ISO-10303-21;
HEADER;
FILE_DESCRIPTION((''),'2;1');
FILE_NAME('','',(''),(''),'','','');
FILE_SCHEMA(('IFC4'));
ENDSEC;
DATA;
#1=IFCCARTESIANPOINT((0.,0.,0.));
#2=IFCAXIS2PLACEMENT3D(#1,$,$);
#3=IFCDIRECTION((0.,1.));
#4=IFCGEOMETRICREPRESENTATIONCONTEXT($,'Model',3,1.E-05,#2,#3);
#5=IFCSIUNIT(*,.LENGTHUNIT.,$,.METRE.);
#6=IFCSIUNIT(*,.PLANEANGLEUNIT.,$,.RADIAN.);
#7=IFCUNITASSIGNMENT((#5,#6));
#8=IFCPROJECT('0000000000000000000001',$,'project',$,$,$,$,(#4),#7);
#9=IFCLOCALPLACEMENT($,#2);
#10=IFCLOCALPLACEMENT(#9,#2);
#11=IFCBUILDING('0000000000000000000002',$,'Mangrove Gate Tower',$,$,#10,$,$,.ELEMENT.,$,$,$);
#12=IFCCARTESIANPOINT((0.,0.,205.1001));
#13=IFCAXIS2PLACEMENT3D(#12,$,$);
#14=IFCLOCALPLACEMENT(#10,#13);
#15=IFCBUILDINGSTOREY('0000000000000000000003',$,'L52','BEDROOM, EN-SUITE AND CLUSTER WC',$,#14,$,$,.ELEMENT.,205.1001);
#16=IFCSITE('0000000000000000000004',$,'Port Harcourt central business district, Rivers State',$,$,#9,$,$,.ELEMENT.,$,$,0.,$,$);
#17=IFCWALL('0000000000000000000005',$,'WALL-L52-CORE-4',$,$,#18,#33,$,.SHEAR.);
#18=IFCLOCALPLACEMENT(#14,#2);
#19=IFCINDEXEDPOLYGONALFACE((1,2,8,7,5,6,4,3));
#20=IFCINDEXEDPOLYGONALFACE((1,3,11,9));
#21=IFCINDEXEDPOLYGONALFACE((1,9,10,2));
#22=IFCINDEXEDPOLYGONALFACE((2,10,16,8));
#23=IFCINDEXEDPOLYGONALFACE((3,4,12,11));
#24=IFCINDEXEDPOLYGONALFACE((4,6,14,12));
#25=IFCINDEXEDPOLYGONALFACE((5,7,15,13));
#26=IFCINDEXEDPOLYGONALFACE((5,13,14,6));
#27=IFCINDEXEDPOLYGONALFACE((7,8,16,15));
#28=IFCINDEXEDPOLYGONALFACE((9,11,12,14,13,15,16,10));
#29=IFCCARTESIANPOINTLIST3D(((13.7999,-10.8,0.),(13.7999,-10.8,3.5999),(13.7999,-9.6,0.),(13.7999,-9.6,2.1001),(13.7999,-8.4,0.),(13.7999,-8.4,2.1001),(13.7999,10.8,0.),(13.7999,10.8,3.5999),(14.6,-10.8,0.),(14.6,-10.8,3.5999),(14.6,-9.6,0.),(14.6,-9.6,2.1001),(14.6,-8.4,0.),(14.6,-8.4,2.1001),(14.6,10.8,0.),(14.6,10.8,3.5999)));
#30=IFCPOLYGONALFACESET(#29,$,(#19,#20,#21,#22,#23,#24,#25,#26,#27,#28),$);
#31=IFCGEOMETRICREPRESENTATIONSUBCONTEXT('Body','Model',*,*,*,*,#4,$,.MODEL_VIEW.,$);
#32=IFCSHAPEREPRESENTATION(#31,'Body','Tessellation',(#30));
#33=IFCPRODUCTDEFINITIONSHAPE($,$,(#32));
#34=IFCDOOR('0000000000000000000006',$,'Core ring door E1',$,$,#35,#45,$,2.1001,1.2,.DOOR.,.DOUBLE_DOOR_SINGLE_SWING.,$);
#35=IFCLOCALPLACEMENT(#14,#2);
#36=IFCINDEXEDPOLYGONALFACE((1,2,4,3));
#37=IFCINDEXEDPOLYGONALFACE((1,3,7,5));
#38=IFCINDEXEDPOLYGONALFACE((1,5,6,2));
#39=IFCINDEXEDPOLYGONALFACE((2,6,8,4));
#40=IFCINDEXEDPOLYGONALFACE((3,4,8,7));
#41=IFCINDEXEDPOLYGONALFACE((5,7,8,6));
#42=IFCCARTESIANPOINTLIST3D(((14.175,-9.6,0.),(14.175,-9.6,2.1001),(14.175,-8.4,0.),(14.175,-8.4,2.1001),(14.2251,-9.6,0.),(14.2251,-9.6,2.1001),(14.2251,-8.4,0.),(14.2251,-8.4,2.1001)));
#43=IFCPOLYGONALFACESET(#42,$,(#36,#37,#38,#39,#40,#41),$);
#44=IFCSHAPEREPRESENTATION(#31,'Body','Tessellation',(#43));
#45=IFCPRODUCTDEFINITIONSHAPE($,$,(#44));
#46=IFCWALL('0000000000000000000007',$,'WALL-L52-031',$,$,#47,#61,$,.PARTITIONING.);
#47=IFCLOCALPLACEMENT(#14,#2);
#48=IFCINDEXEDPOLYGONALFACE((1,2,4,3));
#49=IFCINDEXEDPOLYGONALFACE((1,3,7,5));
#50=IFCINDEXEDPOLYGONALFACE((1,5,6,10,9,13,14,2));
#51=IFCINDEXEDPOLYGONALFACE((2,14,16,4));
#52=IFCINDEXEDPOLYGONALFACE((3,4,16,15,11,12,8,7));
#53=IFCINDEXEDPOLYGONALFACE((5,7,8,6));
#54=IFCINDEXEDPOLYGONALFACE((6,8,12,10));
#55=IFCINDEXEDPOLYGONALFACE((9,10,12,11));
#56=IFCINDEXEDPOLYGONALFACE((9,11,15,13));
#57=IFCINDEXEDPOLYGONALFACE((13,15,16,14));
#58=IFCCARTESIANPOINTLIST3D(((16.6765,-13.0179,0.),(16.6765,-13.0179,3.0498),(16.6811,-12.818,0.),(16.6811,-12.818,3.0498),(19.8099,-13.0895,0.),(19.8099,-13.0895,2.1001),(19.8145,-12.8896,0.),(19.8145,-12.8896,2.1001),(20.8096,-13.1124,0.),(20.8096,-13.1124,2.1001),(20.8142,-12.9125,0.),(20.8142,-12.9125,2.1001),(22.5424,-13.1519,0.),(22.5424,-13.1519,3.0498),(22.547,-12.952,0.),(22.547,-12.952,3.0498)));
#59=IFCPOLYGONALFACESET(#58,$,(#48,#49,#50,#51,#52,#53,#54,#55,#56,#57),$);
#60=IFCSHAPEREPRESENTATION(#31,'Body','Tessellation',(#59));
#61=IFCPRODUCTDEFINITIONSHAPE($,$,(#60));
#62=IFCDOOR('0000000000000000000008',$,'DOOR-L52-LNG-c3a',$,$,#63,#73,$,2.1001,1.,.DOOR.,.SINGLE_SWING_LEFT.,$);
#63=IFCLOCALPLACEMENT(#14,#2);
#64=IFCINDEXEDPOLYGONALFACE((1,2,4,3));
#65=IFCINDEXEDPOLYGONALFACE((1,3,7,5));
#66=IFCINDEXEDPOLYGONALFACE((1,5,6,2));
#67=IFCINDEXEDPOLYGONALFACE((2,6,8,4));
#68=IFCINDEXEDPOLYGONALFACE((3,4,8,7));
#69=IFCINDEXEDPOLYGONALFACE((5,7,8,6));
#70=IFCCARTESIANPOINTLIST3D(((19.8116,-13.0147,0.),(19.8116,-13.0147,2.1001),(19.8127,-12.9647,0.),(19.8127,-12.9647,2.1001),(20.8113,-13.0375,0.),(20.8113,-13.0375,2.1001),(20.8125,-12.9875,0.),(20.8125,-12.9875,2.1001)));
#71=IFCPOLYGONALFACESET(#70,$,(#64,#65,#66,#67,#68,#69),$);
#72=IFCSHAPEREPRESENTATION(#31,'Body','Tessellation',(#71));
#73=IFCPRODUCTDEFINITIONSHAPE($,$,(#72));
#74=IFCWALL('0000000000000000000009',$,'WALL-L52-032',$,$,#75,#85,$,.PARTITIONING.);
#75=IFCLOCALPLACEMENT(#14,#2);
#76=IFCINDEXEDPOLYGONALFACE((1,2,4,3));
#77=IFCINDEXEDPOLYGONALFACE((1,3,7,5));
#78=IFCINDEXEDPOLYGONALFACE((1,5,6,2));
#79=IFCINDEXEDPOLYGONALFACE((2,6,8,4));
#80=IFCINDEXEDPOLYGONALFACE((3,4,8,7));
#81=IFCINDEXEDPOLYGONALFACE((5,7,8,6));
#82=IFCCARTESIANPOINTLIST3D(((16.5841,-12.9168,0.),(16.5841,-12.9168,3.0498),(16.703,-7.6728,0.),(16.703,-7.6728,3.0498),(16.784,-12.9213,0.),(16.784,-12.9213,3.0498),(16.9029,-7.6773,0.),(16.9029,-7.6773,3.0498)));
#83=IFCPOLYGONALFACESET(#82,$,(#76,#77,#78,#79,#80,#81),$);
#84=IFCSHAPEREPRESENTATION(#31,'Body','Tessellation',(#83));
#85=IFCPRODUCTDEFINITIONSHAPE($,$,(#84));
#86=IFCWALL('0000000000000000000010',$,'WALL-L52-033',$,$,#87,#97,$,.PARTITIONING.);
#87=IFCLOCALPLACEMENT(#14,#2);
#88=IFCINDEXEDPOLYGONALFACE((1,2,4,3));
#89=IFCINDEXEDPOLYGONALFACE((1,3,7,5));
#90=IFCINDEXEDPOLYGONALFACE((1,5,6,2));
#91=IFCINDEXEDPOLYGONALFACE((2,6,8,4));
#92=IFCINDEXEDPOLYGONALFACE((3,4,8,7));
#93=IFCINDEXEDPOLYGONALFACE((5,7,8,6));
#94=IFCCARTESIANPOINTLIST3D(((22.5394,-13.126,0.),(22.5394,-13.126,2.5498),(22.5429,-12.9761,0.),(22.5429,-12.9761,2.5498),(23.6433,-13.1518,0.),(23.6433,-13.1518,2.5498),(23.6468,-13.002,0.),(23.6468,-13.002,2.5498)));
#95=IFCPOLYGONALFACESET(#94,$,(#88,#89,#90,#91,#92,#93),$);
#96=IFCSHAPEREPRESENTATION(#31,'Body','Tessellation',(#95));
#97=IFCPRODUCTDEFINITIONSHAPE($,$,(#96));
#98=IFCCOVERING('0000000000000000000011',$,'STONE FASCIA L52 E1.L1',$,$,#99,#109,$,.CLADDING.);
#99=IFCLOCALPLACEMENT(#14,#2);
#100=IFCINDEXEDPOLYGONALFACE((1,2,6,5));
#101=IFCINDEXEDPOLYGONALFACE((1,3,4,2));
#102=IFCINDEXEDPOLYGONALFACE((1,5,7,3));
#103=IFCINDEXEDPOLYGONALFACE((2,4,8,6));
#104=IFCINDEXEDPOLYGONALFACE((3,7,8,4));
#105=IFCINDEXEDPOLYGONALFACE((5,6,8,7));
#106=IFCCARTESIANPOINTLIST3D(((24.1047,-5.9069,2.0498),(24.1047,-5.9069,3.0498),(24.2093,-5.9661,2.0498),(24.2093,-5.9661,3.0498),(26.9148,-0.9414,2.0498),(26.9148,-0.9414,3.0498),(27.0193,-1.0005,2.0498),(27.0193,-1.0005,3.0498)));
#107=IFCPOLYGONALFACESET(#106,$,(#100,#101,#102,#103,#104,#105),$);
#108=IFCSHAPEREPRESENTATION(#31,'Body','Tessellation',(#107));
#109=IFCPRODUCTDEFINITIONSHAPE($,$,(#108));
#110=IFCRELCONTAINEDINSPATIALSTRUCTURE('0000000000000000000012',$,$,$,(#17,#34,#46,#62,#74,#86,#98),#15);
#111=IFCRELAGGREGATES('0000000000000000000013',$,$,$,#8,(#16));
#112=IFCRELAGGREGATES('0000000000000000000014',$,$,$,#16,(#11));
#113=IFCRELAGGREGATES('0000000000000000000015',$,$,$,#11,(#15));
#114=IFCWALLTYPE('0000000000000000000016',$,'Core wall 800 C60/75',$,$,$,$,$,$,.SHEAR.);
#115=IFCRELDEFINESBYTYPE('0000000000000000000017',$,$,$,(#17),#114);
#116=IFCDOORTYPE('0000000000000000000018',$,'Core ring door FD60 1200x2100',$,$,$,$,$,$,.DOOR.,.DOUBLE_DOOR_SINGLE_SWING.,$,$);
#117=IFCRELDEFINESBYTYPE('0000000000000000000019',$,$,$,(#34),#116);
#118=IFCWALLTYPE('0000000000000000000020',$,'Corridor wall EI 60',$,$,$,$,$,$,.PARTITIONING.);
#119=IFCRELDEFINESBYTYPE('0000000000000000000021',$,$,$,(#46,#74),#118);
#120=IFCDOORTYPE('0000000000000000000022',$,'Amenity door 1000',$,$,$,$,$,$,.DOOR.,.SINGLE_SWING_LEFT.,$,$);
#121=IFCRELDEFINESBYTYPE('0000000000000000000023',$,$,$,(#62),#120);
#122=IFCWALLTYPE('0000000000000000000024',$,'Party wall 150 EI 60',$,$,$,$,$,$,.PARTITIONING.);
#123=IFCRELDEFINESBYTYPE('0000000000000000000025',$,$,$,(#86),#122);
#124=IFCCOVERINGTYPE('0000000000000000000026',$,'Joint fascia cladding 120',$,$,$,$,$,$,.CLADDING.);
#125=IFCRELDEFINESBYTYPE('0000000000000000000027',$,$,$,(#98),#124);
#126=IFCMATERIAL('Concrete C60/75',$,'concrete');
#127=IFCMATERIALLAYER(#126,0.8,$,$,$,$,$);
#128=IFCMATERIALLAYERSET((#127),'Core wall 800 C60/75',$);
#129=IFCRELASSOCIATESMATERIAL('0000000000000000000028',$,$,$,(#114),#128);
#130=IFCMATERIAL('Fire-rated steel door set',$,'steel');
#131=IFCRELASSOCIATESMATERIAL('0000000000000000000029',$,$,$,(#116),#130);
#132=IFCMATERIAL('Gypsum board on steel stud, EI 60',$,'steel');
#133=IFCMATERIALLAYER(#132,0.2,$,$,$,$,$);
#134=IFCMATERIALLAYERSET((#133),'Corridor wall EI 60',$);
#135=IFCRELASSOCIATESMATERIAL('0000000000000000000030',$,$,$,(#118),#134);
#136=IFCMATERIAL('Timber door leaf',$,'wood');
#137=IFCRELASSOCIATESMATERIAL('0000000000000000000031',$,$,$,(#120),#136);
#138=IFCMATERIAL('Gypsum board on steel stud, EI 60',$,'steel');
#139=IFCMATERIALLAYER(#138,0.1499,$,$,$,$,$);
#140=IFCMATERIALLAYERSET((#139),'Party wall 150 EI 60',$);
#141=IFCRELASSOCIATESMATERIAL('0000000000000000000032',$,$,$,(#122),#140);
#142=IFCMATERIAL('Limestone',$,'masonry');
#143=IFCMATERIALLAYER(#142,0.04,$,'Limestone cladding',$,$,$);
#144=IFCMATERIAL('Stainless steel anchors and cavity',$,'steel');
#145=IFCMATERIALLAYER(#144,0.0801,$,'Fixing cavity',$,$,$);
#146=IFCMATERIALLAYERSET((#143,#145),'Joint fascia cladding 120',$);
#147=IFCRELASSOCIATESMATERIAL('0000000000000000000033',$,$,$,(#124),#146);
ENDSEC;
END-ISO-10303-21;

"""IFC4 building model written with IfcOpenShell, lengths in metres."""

from ifc_helpers import new_model, si_unit, direction, frame, frame_2d, origin, place, context, subcontext, project, spatial, rectangle, extrude, material, layer, layer_set, type_object, element, fill, save


model = new_model("IFC4")

# Units and contexts
model_context = context("Model", 3, precision=1e-05, world=origin(), true_north=direction((0.0, 1.0)))
body_context = subcontext(model_context, "Body", "Model", "MODEL_VIEW")
ifc_project = project(units=[si_unit("LENGTHUNIT", "METRE"), si_unit("PLANEANGLEUNIT", "RADIAN")], contexts=[model_context])

# Site, building, storey
site_placement = place(None, origin())
site = spatial("IfcSite", under=ifc_project, at=site_placement, Name="Port Harcourt central business district, Rivers State", CompositionType="ELEMENT", RefElevation=0.0)
building_placement = place(site_placement, origin())
building = spatial("IfcBuilding", under=site, at=building_placement, Name="Mangrove Gate Tower", CompositionType="ELEMENT")
storey_placement = place(building_placement, frame((0.0, 0.0, 205.1001)))
storey = spatial("IfcBuildingStorey", under=building, at=storey_placement, Name="L52", Description="BEDROOM, EN-SUITE AND CLUSTER WC", CompositionType="ELEMENT", Elevation=205.1001)

# Walls, openings, doors
ifc_material_1 = material(Name="Concrete C60/75", Category="concrete")
ifc_layer_1 = layer(ifc_material_1, 0.8)
ifc_layer_set_1 = layer_set([ifc_layer_1], Name="Core wall 800 C60/75")
wall_type_1 = type_object("IfcWallType", Name="Core wall 800 C60/75", PredefinedType="SHEAR", material=ifc_layer_set_1)
wall_1_placement = place(storey_placement, frame((14.2, -10.8, 0.0), z_axis=(0.0, 0.0, 1.0), x_axis=(0.0, 1.0, 0.0)))
wall_1 = element("IfcWall", 1, at=wall_1_placement, inside=storey, type_object=wall_type_1, Name="WALL-L52-CORE-4", PredefinedType="SHEAR", context=body_context, shape_type="SweptSolid", body=[
    extrude(rectangle(XDim=21.6001, YDim=0.8, at=frame_2d((10.8, 0.0))), origin(), (0.0, 0.0, 1.0), 3.5999),
])
opening_1_placement = place(wall_1_placement, frame((1.2, 0.0, 0.0)))
opening_1 = element("IfcOpeningElement", 2, at=opening_1_placement, cuts=wall_1, PredefinedType="OPENING", context=body_context, shape_type="SweptSolid", body=[
    extrude(rectangle(XDim=1.2, YDim=2.1001, at=frame_2d((0.6001, 1.05))), frame((0.0, 0.4099, 0.0), z_axis=(0.0, -1.0, 0.0), x_axis=(1.0, 0.0, 0.0)), (0.0, 0.0, 1.0), 0.8201),
])
ifc_material_2 = material(Name="Fire-rated steel door set", Category="steel")
door_type_1 = type_object("IfcDoorType", Name="Core ring door FD60 1200x2100", OperationType="DOUBLE_DOOR_SINGLE_SWING", PredefinedType="DOOR", material=ifc_material_2)
door_1_placement = place(opening_1_placement, origin())
door_1 = element("IfcDoor", 3, at=door_1_placement, inside=storey, type_object=door_type_1, Name="Core ring door E1", OperationType="DOUBLE_DOOR_SINGLE_SWING", OverallHeight=2.1001, OverallWidth=1.2, PredefinedType="DOOR", context=body_context, shape_type="SweptSolid", body=[
    extrude(rectangle(XDim=1.2, YDim=2.1001, at=frame_2d((0.6001, 1.05))), frame((0.0, 0.0249, 0.0), z_axis=(0.0, -1.0, 0.0), x_axis=(1.0, 0.0, 0.0)), (0.0, 0.0, 1.0), 0.05),
])
fill(opening_1, door_1)
ifc_material_3 = material(Name="Gypsum board on steel stud, EI 60", Category="steel")
ifc_layer_2 = layer(ifc_material_3, 0.2)
ifc_layer_set_2 = layer_set([ifc_layer_2], Name="Corridor wall EI 60")
wall_type_2 = type_object("IfcWallType", Name="Corridor wall EI 60", PredefinedType="PARTITIONING", material=ifc_layer_set_2)
wall_2_placement = place(storey_placement, frame((16.679, -12.918, 0.0), z_axis=(0.0, 0.0, 1.0), x_axis=(0.999739, -0.022843, 0.0)))
wall_2 = element("IfcWall", 4, at=wall_2_placement, inside=storey, type_object=wall_type_2, Name="WALL-L52-031", PredefinedType="PARTITIONING", context=body_context, shape_type="SweptSolid", body=[
    extrude(rectangle(XDim=5.8674, YDim=0.2, at=frame_2d((2.9336, 0.0))), origin(), (0.0, 0.0, 1.0), 3.0498),
])
opening_2_placement = place(wall_2_placement, frame((3.134, 0.0, 0.0)))
opening_2 = element("IfcOpeningElement", 5, at=opening_2_placement, cuts=wall_2, PredefinedType="OPENING", context=body_context, shape_type="SweptSolid", body=[
    extrude(rectangle(XDim=1.0, YDim=2.1001, at=frame_2d((0.5, 1.05))), frame((0.0, 0.1099, 0.0), z_axis=(0.0, -1.0, 0.0), x_axis=(1.0, 0.0, 0.0)), (0.0, 0.0, 1.0), 0.22),
])
ifc_material_4 = material(Name="Timber door leaf", Category="wood")
door_type_2 = type_object("IfcDoorType", Name="Amenity door 1000", OperationType="SINGLE_SWING_LEFT", PredefinedType="DOOR", material=ifc_material_4)
door_2_placement = place(opening_2_placement, origin())
door_2 = element("IfcDoor", 6, at=door_2_placement, inside=storey, type_object=door_type_2, Name="DOOR-L52-LNG-c3a", OperationType="SINGLE_SWING_LEFT", OverallHeight=2.1001, OverallWidth=1.0, PredefinedType="DOOR", context=body_context, shape_type="SweptSolid", body=[
    extrude(rectangle(XDim=1.0, YDim=2.1001, at=frame_2d((0.5, 1.05))), frame((0.0, 0.0249, 0.0), z_axis=(0.0, -1.0, 0.0), x_axis=(1.0, 0.0, 0.0)), (0.0, 0.0, 1.0), 0.05),
])
fill(opening_2, door_2)

# Walls
wall_3_placement = place(storey_placement, frame((16.6841, -12.9189, 0.0), z_axis=(0.0, 0.0, 1.0), x_axis=(0.022667, 0.999743, 0.0)))
element("IfcWall", 7, at=wall_3_placement, inside=storey, type_object=wall_type_2, Name="WALL-L52-032", PredefinedType="PARTITIONING", context=body_context, shape_type="SweptSolid", body=[
    extrude(rectangle(XDim=5.2454, YDim=0.2, at=frame_2d((2.6226, 0.0))), origin(), (0.0, 0.0, 1.0), 3.0498),
])
ifc_material_5 = material(Name="Gypsum board on steel stud, EI 60", Category="steel")
ifc_layer_3 = layer(ifc_material_5, 0.1499)
ifc_layer_set_3 = layer_set([ifc_layer_3], Name="Party wall 150 EI 60")
wall_type_3 = type_object("IfcWallType", Name="Party wall 150 EI 60", PredefinedType="PARTITIONING", material=ifc_layer_set_3)
wall_4_placement = place(storey_placement, frame((22.541, -13.051, 0.0), z_axis=(0.0, 0.0, 1.0), x_axis=(0.999725, -0.023435, 0.0)))
element("IfcWall", 8, at=wall_4_placement, inside=storey, type_object=wall_type_3, Name="WALL-L52-033", PredefinedType="PARTITIONING", context=body_context, shape_type="SweptSolid", body=[
    extrude(rectangle(XDim=1.1042, YDim=0.1499, at=frame_2d((0.5522, 0.0))), origin(), (0.0, 0.0, 1.0), 2.5498),
])

# Covering
ifc_material_6 = material(Name="Limestone", Category="masonry")
ifc_layer_4 = layer(ifc_material_6, 0.04, Name="Limestone cladding")
ifc_material_7 = material(Name="Stainless steel anchors and cavity", Category="steel")
ifc_layer_5 = layer(ifc_material_7, 0.0801, Name="Fixing cavity")
ifc_layer_set_4 = layer_set([ifc_layer_4, ifc_layer_5], Name="Joint fascia cladding 120")
covering_type = type_object("IfcCoveringType", Name="Joint fascia cladding 120", PredefinedType="CLADDING", material=ifc_layer_set_4)
covering_placement = place(storey_placement, frame((24.157, -5.9365, 2.0498), z_axis=(0.0, 0.0, 1.0), x_axis=(0.492513, 0.870305, 0.0)))
element("IfcCovering", 9, at=covering_placement, inside=storey, type_object=covering_type, Name="STONE FASCIA L52 E1.L1", PredefinedType="CLADDING", context=body_context, shape_type="SweptSolid", body=[
    extrude(rectangle(XDim=5.7056, YDim=0.1201, at=frame_2d((2.8528, 0.0))), origin(), (0.0, 0.0, 1.0), 1.0),
])

save(model, "model.ifc")
